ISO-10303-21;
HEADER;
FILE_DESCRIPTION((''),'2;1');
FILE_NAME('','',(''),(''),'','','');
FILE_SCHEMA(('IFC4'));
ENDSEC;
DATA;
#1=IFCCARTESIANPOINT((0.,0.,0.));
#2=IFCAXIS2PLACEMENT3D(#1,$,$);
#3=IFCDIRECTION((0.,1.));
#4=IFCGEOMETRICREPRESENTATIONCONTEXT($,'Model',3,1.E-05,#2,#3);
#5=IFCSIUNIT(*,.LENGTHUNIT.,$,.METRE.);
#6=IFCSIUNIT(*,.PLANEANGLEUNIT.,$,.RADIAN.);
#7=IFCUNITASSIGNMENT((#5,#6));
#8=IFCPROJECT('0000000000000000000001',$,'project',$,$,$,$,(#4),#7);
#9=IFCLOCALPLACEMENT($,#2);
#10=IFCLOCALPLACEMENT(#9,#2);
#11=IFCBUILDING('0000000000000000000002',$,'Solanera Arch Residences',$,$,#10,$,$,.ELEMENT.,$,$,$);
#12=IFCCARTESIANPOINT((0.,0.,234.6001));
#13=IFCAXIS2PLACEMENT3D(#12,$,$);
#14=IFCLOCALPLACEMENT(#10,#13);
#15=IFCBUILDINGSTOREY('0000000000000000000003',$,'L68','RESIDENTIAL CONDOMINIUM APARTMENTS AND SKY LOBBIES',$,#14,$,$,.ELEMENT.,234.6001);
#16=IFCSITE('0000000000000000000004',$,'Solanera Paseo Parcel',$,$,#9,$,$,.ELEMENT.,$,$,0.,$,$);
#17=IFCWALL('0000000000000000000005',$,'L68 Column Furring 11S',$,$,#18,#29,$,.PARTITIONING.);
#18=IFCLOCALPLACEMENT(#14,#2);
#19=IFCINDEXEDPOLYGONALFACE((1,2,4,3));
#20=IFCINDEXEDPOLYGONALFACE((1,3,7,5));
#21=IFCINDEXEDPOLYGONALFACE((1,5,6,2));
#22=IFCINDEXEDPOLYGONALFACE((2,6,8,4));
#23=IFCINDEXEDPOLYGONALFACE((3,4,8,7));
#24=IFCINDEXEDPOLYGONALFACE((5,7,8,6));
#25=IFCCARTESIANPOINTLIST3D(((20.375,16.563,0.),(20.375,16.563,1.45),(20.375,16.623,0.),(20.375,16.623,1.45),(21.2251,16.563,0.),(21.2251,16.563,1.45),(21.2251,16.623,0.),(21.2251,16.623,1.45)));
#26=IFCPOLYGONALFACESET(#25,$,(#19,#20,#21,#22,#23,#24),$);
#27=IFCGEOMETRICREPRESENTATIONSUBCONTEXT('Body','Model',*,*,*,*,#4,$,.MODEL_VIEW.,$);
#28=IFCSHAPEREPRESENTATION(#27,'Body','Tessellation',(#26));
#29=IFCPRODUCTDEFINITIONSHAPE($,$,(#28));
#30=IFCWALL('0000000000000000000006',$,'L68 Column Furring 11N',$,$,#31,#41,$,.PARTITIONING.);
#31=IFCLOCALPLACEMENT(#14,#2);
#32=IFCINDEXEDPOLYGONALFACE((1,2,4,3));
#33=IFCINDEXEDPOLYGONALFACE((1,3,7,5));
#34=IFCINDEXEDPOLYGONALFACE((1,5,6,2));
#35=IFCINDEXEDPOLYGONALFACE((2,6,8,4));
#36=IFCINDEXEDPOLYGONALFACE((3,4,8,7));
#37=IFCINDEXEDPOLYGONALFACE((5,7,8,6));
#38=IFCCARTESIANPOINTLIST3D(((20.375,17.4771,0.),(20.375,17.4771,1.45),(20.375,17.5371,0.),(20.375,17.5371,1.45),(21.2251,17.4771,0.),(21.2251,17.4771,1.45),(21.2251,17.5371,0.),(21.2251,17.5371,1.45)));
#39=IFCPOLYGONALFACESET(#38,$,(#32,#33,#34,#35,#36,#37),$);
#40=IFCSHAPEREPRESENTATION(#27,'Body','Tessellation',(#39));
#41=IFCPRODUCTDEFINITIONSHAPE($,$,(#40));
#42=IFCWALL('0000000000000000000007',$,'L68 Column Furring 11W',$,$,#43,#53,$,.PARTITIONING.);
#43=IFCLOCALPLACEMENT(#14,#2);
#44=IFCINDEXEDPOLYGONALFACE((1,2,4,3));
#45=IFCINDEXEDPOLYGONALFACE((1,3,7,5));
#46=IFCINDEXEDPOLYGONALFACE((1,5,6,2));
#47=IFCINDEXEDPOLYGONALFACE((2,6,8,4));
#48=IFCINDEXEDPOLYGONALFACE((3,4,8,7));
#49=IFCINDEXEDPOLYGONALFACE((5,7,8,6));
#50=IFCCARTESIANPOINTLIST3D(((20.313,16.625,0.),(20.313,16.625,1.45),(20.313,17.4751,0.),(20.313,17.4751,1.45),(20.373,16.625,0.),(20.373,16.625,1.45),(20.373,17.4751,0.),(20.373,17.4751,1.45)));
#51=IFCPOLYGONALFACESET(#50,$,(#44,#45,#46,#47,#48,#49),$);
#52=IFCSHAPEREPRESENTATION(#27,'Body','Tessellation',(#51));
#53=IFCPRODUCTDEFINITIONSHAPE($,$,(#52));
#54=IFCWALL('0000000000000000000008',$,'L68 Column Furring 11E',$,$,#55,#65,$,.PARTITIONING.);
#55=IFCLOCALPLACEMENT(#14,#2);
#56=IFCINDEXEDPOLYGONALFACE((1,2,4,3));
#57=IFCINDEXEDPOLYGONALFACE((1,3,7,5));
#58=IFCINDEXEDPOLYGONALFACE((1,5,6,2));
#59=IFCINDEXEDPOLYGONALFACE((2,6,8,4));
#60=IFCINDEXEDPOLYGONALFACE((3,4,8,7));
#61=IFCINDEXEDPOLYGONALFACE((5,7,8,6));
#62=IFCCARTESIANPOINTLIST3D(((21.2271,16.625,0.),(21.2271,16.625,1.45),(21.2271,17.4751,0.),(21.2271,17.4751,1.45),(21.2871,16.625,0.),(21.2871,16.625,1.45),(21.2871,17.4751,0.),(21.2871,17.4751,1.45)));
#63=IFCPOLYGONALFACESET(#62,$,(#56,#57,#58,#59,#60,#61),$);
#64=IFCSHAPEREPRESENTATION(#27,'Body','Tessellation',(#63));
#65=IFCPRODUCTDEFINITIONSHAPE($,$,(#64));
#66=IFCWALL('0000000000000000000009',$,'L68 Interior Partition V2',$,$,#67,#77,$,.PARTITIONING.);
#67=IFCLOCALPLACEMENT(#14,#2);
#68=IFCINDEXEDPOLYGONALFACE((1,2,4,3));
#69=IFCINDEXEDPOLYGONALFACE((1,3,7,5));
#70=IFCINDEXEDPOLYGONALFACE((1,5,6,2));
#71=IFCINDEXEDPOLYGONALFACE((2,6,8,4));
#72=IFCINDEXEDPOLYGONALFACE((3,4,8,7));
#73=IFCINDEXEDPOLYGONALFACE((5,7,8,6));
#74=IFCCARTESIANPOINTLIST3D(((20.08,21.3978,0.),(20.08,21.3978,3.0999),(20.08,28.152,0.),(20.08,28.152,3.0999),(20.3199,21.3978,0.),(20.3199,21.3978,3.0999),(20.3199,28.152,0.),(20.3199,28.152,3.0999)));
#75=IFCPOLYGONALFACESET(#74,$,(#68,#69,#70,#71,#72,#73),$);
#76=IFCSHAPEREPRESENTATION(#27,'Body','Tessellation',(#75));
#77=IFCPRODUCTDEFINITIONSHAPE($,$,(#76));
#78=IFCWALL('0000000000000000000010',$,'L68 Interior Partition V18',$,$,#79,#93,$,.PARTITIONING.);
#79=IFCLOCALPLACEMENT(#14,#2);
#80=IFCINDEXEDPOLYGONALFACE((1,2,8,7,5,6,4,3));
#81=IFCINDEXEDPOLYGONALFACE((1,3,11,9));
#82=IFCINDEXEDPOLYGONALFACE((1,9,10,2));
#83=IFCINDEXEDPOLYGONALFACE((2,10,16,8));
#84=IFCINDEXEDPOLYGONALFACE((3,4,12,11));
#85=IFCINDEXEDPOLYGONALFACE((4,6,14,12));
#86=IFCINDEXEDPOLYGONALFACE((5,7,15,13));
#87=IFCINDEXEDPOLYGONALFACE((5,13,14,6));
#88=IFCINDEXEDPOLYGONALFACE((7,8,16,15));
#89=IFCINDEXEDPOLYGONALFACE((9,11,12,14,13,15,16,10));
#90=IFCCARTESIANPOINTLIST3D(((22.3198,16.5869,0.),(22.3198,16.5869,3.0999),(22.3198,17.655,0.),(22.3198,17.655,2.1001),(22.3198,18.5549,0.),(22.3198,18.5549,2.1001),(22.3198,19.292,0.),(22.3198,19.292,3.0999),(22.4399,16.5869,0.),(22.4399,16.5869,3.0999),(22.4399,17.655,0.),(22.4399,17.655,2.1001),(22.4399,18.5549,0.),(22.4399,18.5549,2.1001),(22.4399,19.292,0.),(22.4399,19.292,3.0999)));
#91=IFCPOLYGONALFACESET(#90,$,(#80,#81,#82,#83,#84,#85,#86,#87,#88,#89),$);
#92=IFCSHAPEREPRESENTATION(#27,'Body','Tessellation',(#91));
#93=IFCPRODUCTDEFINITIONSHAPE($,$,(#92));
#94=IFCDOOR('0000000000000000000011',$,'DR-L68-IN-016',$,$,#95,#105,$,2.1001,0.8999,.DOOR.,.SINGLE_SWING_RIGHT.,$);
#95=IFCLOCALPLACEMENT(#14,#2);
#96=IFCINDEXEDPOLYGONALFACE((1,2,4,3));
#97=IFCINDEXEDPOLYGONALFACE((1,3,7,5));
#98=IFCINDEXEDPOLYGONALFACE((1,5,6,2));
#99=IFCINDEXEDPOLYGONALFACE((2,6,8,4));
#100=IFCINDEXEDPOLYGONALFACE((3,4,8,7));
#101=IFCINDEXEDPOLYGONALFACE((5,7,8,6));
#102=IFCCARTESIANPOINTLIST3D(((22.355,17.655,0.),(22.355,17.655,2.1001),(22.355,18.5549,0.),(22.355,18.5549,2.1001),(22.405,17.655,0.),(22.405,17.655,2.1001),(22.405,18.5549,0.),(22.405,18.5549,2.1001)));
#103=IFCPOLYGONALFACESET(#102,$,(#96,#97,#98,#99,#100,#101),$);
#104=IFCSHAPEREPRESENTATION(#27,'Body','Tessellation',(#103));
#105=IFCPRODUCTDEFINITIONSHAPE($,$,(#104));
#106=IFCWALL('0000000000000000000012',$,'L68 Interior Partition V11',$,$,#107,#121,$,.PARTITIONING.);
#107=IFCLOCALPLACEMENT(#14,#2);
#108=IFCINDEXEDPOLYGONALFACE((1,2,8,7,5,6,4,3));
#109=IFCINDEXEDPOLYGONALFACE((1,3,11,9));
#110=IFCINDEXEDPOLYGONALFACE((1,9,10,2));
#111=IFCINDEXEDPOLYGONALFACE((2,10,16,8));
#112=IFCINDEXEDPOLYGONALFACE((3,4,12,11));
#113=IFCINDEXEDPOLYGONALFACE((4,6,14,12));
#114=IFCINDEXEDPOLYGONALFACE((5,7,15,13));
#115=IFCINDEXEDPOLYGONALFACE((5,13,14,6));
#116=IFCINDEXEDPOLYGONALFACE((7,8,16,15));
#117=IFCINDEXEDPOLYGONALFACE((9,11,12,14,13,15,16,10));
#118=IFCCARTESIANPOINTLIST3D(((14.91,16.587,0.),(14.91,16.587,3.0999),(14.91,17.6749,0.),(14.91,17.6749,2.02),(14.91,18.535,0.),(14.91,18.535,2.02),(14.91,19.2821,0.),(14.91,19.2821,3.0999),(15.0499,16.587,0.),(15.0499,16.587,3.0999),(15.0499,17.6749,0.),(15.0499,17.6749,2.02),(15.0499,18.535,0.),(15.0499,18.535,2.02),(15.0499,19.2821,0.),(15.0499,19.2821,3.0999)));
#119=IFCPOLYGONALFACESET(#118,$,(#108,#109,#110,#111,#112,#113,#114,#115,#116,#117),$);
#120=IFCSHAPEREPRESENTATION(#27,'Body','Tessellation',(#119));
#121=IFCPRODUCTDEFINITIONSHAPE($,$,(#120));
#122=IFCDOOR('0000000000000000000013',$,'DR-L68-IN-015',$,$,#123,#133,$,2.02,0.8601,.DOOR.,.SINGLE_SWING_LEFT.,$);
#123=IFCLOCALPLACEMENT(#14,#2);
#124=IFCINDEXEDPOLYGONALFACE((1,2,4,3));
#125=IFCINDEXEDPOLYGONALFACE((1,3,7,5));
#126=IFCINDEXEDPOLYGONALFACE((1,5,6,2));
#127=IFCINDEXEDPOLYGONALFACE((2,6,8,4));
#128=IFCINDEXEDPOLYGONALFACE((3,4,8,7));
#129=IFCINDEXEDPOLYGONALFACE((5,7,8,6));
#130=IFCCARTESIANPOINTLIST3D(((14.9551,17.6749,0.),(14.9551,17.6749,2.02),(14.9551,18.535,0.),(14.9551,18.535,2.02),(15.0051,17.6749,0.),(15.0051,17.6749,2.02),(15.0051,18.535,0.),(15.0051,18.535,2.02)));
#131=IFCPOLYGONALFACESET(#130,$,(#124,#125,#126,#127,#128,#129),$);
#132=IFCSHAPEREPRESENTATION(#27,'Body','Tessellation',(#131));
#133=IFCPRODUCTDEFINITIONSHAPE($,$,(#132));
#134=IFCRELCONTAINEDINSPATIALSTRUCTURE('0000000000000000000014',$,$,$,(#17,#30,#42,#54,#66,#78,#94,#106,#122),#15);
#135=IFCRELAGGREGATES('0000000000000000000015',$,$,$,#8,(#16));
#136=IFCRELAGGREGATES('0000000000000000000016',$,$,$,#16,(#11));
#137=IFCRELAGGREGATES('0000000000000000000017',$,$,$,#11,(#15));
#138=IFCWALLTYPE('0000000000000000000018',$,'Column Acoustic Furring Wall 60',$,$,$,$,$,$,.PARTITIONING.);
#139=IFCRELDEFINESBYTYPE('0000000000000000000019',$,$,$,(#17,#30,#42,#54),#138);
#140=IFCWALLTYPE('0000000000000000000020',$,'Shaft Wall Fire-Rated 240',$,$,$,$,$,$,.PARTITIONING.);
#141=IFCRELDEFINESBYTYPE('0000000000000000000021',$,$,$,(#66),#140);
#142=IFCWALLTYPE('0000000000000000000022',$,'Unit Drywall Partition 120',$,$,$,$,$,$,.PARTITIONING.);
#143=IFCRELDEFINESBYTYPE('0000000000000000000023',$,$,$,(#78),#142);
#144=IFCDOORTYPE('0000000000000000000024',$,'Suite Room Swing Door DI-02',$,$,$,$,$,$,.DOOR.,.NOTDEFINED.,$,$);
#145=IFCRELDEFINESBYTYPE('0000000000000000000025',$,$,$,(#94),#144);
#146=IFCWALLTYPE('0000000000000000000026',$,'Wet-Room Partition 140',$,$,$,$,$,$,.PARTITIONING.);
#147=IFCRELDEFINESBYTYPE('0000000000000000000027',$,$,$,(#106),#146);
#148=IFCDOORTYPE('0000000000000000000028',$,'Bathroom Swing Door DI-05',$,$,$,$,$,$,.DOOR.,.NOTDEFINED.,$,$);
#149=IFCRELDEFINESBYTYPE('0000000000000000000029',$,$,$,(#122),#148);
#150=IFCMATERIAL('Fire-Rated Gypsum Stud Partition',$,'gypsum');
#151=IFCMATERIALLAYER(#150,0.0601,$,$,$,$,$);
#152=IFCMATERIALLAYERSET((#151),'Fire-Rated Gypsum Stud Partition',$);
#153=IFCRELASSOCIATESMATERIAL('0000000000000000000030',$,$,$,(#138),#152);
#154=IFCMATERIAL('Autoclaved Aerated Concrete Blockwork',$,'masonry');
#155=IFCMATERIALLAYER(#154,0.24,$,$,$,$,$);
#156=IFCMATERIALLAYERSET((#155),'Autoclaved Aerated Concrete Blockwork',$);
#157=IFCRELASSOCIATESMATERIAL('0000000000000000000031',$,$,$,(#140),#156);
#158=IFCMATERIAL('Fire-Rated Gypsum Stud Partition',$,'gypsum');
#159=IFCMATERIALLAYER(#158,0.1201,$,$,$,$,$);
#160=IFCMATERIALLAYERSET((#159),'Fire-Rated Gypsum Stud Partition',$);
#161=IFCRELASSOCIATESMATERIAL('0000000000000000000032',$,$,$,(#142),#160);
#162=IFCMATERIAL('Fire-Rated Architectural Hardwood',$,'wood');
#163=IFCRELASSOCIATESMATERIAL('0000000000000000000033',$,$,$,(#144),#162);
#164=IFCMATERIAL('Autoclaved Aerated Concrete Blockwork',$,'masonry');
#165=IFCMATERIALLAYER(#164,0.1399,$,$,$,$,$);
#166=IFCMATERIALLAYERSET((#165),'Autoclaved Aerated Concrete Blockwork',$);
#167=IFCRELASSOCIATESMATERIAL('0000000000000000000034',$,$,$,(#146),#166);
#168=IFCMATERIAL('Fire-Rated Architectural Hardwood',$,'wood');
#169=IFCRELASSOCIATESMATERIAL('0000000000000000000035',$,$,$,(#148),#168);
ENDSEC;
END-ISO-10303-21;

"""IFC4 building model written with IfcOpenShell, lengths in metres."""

from ifc_helpers import new_model, si_unit, direction, frame, frame_2d, origin, place, context, subcontext, project, spatial, rectangle, extrude, material, layer, layer_set, type_object, element, fill, save


model = new_model("IFC4")

# Units and contexts
model_context = context("Model", 3, precision=1e-05, world=origin(), true_north=direction((0.0, 1.0)))
body_context = subcontext(model_context, "Body", "Model", "MODEL_VIEW")
ifc_project = project(units=[si_unit("LENGTHUNIT", "METRE"), si_unit("PLANEANGLEUNIT", "RADIAN")], contexts=[model_context])

# Site, building, storey
site_placement = place(None, origin())
site = spatial("IfcSite", under=ifc_project, at=site_placement, Name="Solanera Paseo Parcel", CompositionType="ELEMENT", RefElevation=0.0)
building_placement = place(site_placement, origin())
building = spatial("IfcBuilding", under=site, at=building_placement, Name="Solanera Arch Residences", CompositionType="ELEMENT")
storey_placement = place(building_placement, frame((0.0, 0.0, 234.6001)))
storey = spatial("IfcBuildingStorey", under=building, at=storey_placement, Name="L68", Description="RESIDENTIAL CONDOMINIUM APARTMENTS AND SKY LOBBIES", CompositionType="ELEMENT", Elevation=234.6001)

# Walls
ifc_material_1 = material(Name="Fire-Rated Gypsum Stud Partition", Category="gypsum")
ifc_layer_1 = layer(ifc_material_1, 0.0601)
ifc_layer_set_1 = layer_set([ifc_layer_1], Name="Fire-Rated Gypsum Stud Partition")
wall_type_1 = type_object("IfcWallType", Name="Column Acoustic Furring Wall 60", PredefinedType="PARTITIONING", material=ifc_layer_set_1)
for number, where, z_axis, x_axis, name in (
    (1, (20.375, 16.593, 0.0), (0.0, 0.0, 1.0), (1.0, 0.0, 0.0), "L68 Column Furring 11S"),
    (2, (20.375, 17.5071, 0.0), (0.0, 0.0, 1.0), (1.0, 0.0, 0.0), "L68 Column Furring 11N"),
    (3, (20.343, 16.625, 0.0), (0.0, 0.0, 1.0), (0.0, 1.0, 0.0), "L68 Column Furring 11W"),
    (4, (21.2571, 16.625, 0.0), (0.0, 0.0, 1.0), (0.0, 1.0, 0.0), "L68 Column Furring 11E"),
):
    element("IfcWall", number, at=place(storey_placement, frame(where, z_axis=z_axis, x_axis=x_axis)), inside=storey, type_object=wall_type_1, Name=name, PredefinedType="PARTITIONING", context=body_context, shape_type="SweptSolid", body=[
        extrude(rectangle(XDim=0.8501, YDim=0.0601, at=frame_2d((0.425, 0.0))), origin(), (0.0, 0.0, 1.0), 1.45),
    ])
ifc_material_2 = material(Name="Autoclaved Aerated Concrete Blockwork", Category="masonry")
ifc_layer_2 = layer(ifc_material_2, 0.24)
ifc_layer_set_2 = layer_set([ifc_layer_2], Name="Autoclaved Aerated Concrete Blockwork")
wall_type_2 = type_object("IfcWallType", Name="Shaft Wall Fire-Rated 240", PredefinedType="PARTITIONING", material=ifc_layer_set_2)
wall_1_placement = place(storey_placement, frame((20.2, 21.3979, 0.0), z_axis=(0.0, 0.0, 1.0), x_axis=(0.0, 1.0, 0.0)))
element("IfcWall", 5, at=wall_1_placement, inside=storey, type_object=wall_type_2, Name="L68 Interior Partition V2", PredefinedType="PARTITIONING", context=body_context, shape_type="SweptSolid", body=[
    extrude(rectangle(XDim=6.7542, YDim=0.24, at=frame_2d((3.377, 0.0))), origin(), (0.0, 0.0, 1.0), 3.0999),
])

# Walls, openings, doors
ifc_material_3 = material(Name="Fire-Rated Gypsum Stud Partition", Category="gypsum")
ifc_layer_3 = layer(ifc_material_3, 0.1201)
ifc_layer_set_3 = layer_set([ifc_layer_3], Name="Fire-Rated Gypsum Stud Partition")
wall_type_3 = type_object("IfcWallType", Name="Unit Drywall Partition 120", PredefinedType="PARTITIONING", material=ifc_layer_set_3)
wall_2_placement = place(storey_placement, frame((22.3799, 16.5869, 0.0), z_axis=(0.0, 0.0, 1.0), x_axis=(0.0, 1.0, 0.0)))
wall_2 = element("IfcWall", 6, at=wall_2_placement, inside=storey, type_object=wall_type_3, Name="L68 Interior Partition V18", PredefinedType="PARTITIONING", context=body_context, shape_type="SweptSolid", body=[
    extrude(rectangle(XDim=2.7051, YDim=0.1201, at=frame_2d((1.3525, 0.0))), origin(), (0.0, 0.0, 1.0), 3.0999),
])
opening_1_placement = place(wall_2_placement, frame((1.0681, 0.0, 0.0)))
opening_1 = element("IfcOpeningElement", 7, at=opening_1_placement, cuts=wall_2, PredefinedType="OPENING", context=body_context, shape_type="SweptSolid", body=[
    extrude(rectangle(XDim=0.8999, YDim=2.1001, at=frame_2d((0.45, 1.05))), frame((0.0, 0.0701, 0.0), z_axis=(0.0, -1.0, 0.0), x_axis=(1.0, 0.0, 0.0)), (0.0, 0.0, 1.0), 0.1401),
])
ifc_material_4 = material(Name="Fire-Rated Architectural Hardwood", Category="wood")
door_type_1 = type_object("IfcDoorType", Name="Suite Room Swing Door DI-02", OperationType="NOTDEFINED", PredefinedType="DOOR", material=ifc_material_4)
door_1_placement = place(opening_1_placement, origin())
door_1 = element("IfcDoor", 8, at=door_1_placement, inside=storey, type_object=door_type_1, Name="DR-L68-IN-016", OperationType="SINGLE_SWING_RIGHT", OverallHeight=2.1001, OverallWidth=0.8999, PredefinedType="DOOR", context=body_context, shape_type="SweptSolid", body=[
    extrude(rectangle(XDim=0.8999, YDim=2.1001, at=frame_2d((0.45, 1.05))), frame((0.0, 0.0249, 0.0), z_axis=(0.0, -1.0, 0.0), x_axis=(1.0, 0.0, 0.0)), (0.0, 0.0, 1.0), 0.05),
])
fill(opening_1, door_1)
ifc_material_5 = material(Name="Autoclaved Aerated Concrete Blockwork", Category="masonry")
ifc_layer_4 = layer(ifc_material_5, 0.1399)
ifc_layer_set_4 = layer_set([ifc_layer_4], Name="Autoclaved Aerated Concrete Blockwork")
wall_type_4 = type_object("IfcWallType", Name="Wet-Room Partition 140", PredefinedType="PARTITIONING", material=ifc_layer_set_4)
wall_3_placement = place(storey_placement, frame((14.98, 16.5869, 0.0), z_axis=(0.0, 0.0, 1.0), x_axis=(0.0, 1.0, 0.0)))
wall_3 = element("IfcWall", 9, at=wall_3_placement, inside=storey, type_object=wall_type_4, Name="L68 Interior Partition V11", PredefinedType="PARTITIONING", context=body_context, shape_type="SweptSolid", body=[
    extrude(rectangle(XDim=2.6951, YDim=0.1399, at=frame_2d((1.3477, 0.0))), origin(), (0.0, 0.0, 1.0), 3.0999),
])
opening_2_placement = place(wall_3_placement, frame((1.0879, 0.0, 0.0)))
opening_2 = element("IfcOpeningElement", 10, at=opening_2_placement, cuts=wall_3, PredefinedType="OPENING", context=body_context, shape_type="SweptSolid", body=[
    extrude(rectangle(XDim=0.8601, YDim=2.02, at=frame_2d((0.4302, 1.01))), frame((0.0, 0.0798, 0.0), z_axis=(0.0, -1.0, 0.0), x_axis=(1.0, 0.0, 0.0)), (0.0, 0.0, 1.0), 0.1599),
])
ifc_material_6 = material(Name="Fire-Rated Architectural Hardwood", Category="wood")
door_type_2 = type_object("IfcDoorType", Name="Bathroom Swing Door DI-05", OperationType="NOTDEFINED", PredefinedType="DOOR", material=ifc_material_6)
door_2_placement = place(opening_2_placement, origin())
door_2 = element("IfcDoor", 11, at=door_2_placement, inside=storey, type_object=door_type_2, Name="DR-L68-IN-015", OperationType="SINGLE_SWING_LEFT", OverallHeight=2.02, OverallWidth=0.8601, PredefinedType="DOOR", context=body_context, shape_type="SweptSolid", body=[
    extrude(rectangle(XDim=0.8601, YDim=2.02, at=frame_2d((0.4302, 1.01))), frame((0.0, 0.0249, 0.0), z_axis=(0.0, -1.0, 0.0), x_axis=(1.0, 0.0, 0.0)), (0.0, 0.0, 1.0), 0.05),
])
fill(opening_2, door_2)

save(model, "model.ifc")
